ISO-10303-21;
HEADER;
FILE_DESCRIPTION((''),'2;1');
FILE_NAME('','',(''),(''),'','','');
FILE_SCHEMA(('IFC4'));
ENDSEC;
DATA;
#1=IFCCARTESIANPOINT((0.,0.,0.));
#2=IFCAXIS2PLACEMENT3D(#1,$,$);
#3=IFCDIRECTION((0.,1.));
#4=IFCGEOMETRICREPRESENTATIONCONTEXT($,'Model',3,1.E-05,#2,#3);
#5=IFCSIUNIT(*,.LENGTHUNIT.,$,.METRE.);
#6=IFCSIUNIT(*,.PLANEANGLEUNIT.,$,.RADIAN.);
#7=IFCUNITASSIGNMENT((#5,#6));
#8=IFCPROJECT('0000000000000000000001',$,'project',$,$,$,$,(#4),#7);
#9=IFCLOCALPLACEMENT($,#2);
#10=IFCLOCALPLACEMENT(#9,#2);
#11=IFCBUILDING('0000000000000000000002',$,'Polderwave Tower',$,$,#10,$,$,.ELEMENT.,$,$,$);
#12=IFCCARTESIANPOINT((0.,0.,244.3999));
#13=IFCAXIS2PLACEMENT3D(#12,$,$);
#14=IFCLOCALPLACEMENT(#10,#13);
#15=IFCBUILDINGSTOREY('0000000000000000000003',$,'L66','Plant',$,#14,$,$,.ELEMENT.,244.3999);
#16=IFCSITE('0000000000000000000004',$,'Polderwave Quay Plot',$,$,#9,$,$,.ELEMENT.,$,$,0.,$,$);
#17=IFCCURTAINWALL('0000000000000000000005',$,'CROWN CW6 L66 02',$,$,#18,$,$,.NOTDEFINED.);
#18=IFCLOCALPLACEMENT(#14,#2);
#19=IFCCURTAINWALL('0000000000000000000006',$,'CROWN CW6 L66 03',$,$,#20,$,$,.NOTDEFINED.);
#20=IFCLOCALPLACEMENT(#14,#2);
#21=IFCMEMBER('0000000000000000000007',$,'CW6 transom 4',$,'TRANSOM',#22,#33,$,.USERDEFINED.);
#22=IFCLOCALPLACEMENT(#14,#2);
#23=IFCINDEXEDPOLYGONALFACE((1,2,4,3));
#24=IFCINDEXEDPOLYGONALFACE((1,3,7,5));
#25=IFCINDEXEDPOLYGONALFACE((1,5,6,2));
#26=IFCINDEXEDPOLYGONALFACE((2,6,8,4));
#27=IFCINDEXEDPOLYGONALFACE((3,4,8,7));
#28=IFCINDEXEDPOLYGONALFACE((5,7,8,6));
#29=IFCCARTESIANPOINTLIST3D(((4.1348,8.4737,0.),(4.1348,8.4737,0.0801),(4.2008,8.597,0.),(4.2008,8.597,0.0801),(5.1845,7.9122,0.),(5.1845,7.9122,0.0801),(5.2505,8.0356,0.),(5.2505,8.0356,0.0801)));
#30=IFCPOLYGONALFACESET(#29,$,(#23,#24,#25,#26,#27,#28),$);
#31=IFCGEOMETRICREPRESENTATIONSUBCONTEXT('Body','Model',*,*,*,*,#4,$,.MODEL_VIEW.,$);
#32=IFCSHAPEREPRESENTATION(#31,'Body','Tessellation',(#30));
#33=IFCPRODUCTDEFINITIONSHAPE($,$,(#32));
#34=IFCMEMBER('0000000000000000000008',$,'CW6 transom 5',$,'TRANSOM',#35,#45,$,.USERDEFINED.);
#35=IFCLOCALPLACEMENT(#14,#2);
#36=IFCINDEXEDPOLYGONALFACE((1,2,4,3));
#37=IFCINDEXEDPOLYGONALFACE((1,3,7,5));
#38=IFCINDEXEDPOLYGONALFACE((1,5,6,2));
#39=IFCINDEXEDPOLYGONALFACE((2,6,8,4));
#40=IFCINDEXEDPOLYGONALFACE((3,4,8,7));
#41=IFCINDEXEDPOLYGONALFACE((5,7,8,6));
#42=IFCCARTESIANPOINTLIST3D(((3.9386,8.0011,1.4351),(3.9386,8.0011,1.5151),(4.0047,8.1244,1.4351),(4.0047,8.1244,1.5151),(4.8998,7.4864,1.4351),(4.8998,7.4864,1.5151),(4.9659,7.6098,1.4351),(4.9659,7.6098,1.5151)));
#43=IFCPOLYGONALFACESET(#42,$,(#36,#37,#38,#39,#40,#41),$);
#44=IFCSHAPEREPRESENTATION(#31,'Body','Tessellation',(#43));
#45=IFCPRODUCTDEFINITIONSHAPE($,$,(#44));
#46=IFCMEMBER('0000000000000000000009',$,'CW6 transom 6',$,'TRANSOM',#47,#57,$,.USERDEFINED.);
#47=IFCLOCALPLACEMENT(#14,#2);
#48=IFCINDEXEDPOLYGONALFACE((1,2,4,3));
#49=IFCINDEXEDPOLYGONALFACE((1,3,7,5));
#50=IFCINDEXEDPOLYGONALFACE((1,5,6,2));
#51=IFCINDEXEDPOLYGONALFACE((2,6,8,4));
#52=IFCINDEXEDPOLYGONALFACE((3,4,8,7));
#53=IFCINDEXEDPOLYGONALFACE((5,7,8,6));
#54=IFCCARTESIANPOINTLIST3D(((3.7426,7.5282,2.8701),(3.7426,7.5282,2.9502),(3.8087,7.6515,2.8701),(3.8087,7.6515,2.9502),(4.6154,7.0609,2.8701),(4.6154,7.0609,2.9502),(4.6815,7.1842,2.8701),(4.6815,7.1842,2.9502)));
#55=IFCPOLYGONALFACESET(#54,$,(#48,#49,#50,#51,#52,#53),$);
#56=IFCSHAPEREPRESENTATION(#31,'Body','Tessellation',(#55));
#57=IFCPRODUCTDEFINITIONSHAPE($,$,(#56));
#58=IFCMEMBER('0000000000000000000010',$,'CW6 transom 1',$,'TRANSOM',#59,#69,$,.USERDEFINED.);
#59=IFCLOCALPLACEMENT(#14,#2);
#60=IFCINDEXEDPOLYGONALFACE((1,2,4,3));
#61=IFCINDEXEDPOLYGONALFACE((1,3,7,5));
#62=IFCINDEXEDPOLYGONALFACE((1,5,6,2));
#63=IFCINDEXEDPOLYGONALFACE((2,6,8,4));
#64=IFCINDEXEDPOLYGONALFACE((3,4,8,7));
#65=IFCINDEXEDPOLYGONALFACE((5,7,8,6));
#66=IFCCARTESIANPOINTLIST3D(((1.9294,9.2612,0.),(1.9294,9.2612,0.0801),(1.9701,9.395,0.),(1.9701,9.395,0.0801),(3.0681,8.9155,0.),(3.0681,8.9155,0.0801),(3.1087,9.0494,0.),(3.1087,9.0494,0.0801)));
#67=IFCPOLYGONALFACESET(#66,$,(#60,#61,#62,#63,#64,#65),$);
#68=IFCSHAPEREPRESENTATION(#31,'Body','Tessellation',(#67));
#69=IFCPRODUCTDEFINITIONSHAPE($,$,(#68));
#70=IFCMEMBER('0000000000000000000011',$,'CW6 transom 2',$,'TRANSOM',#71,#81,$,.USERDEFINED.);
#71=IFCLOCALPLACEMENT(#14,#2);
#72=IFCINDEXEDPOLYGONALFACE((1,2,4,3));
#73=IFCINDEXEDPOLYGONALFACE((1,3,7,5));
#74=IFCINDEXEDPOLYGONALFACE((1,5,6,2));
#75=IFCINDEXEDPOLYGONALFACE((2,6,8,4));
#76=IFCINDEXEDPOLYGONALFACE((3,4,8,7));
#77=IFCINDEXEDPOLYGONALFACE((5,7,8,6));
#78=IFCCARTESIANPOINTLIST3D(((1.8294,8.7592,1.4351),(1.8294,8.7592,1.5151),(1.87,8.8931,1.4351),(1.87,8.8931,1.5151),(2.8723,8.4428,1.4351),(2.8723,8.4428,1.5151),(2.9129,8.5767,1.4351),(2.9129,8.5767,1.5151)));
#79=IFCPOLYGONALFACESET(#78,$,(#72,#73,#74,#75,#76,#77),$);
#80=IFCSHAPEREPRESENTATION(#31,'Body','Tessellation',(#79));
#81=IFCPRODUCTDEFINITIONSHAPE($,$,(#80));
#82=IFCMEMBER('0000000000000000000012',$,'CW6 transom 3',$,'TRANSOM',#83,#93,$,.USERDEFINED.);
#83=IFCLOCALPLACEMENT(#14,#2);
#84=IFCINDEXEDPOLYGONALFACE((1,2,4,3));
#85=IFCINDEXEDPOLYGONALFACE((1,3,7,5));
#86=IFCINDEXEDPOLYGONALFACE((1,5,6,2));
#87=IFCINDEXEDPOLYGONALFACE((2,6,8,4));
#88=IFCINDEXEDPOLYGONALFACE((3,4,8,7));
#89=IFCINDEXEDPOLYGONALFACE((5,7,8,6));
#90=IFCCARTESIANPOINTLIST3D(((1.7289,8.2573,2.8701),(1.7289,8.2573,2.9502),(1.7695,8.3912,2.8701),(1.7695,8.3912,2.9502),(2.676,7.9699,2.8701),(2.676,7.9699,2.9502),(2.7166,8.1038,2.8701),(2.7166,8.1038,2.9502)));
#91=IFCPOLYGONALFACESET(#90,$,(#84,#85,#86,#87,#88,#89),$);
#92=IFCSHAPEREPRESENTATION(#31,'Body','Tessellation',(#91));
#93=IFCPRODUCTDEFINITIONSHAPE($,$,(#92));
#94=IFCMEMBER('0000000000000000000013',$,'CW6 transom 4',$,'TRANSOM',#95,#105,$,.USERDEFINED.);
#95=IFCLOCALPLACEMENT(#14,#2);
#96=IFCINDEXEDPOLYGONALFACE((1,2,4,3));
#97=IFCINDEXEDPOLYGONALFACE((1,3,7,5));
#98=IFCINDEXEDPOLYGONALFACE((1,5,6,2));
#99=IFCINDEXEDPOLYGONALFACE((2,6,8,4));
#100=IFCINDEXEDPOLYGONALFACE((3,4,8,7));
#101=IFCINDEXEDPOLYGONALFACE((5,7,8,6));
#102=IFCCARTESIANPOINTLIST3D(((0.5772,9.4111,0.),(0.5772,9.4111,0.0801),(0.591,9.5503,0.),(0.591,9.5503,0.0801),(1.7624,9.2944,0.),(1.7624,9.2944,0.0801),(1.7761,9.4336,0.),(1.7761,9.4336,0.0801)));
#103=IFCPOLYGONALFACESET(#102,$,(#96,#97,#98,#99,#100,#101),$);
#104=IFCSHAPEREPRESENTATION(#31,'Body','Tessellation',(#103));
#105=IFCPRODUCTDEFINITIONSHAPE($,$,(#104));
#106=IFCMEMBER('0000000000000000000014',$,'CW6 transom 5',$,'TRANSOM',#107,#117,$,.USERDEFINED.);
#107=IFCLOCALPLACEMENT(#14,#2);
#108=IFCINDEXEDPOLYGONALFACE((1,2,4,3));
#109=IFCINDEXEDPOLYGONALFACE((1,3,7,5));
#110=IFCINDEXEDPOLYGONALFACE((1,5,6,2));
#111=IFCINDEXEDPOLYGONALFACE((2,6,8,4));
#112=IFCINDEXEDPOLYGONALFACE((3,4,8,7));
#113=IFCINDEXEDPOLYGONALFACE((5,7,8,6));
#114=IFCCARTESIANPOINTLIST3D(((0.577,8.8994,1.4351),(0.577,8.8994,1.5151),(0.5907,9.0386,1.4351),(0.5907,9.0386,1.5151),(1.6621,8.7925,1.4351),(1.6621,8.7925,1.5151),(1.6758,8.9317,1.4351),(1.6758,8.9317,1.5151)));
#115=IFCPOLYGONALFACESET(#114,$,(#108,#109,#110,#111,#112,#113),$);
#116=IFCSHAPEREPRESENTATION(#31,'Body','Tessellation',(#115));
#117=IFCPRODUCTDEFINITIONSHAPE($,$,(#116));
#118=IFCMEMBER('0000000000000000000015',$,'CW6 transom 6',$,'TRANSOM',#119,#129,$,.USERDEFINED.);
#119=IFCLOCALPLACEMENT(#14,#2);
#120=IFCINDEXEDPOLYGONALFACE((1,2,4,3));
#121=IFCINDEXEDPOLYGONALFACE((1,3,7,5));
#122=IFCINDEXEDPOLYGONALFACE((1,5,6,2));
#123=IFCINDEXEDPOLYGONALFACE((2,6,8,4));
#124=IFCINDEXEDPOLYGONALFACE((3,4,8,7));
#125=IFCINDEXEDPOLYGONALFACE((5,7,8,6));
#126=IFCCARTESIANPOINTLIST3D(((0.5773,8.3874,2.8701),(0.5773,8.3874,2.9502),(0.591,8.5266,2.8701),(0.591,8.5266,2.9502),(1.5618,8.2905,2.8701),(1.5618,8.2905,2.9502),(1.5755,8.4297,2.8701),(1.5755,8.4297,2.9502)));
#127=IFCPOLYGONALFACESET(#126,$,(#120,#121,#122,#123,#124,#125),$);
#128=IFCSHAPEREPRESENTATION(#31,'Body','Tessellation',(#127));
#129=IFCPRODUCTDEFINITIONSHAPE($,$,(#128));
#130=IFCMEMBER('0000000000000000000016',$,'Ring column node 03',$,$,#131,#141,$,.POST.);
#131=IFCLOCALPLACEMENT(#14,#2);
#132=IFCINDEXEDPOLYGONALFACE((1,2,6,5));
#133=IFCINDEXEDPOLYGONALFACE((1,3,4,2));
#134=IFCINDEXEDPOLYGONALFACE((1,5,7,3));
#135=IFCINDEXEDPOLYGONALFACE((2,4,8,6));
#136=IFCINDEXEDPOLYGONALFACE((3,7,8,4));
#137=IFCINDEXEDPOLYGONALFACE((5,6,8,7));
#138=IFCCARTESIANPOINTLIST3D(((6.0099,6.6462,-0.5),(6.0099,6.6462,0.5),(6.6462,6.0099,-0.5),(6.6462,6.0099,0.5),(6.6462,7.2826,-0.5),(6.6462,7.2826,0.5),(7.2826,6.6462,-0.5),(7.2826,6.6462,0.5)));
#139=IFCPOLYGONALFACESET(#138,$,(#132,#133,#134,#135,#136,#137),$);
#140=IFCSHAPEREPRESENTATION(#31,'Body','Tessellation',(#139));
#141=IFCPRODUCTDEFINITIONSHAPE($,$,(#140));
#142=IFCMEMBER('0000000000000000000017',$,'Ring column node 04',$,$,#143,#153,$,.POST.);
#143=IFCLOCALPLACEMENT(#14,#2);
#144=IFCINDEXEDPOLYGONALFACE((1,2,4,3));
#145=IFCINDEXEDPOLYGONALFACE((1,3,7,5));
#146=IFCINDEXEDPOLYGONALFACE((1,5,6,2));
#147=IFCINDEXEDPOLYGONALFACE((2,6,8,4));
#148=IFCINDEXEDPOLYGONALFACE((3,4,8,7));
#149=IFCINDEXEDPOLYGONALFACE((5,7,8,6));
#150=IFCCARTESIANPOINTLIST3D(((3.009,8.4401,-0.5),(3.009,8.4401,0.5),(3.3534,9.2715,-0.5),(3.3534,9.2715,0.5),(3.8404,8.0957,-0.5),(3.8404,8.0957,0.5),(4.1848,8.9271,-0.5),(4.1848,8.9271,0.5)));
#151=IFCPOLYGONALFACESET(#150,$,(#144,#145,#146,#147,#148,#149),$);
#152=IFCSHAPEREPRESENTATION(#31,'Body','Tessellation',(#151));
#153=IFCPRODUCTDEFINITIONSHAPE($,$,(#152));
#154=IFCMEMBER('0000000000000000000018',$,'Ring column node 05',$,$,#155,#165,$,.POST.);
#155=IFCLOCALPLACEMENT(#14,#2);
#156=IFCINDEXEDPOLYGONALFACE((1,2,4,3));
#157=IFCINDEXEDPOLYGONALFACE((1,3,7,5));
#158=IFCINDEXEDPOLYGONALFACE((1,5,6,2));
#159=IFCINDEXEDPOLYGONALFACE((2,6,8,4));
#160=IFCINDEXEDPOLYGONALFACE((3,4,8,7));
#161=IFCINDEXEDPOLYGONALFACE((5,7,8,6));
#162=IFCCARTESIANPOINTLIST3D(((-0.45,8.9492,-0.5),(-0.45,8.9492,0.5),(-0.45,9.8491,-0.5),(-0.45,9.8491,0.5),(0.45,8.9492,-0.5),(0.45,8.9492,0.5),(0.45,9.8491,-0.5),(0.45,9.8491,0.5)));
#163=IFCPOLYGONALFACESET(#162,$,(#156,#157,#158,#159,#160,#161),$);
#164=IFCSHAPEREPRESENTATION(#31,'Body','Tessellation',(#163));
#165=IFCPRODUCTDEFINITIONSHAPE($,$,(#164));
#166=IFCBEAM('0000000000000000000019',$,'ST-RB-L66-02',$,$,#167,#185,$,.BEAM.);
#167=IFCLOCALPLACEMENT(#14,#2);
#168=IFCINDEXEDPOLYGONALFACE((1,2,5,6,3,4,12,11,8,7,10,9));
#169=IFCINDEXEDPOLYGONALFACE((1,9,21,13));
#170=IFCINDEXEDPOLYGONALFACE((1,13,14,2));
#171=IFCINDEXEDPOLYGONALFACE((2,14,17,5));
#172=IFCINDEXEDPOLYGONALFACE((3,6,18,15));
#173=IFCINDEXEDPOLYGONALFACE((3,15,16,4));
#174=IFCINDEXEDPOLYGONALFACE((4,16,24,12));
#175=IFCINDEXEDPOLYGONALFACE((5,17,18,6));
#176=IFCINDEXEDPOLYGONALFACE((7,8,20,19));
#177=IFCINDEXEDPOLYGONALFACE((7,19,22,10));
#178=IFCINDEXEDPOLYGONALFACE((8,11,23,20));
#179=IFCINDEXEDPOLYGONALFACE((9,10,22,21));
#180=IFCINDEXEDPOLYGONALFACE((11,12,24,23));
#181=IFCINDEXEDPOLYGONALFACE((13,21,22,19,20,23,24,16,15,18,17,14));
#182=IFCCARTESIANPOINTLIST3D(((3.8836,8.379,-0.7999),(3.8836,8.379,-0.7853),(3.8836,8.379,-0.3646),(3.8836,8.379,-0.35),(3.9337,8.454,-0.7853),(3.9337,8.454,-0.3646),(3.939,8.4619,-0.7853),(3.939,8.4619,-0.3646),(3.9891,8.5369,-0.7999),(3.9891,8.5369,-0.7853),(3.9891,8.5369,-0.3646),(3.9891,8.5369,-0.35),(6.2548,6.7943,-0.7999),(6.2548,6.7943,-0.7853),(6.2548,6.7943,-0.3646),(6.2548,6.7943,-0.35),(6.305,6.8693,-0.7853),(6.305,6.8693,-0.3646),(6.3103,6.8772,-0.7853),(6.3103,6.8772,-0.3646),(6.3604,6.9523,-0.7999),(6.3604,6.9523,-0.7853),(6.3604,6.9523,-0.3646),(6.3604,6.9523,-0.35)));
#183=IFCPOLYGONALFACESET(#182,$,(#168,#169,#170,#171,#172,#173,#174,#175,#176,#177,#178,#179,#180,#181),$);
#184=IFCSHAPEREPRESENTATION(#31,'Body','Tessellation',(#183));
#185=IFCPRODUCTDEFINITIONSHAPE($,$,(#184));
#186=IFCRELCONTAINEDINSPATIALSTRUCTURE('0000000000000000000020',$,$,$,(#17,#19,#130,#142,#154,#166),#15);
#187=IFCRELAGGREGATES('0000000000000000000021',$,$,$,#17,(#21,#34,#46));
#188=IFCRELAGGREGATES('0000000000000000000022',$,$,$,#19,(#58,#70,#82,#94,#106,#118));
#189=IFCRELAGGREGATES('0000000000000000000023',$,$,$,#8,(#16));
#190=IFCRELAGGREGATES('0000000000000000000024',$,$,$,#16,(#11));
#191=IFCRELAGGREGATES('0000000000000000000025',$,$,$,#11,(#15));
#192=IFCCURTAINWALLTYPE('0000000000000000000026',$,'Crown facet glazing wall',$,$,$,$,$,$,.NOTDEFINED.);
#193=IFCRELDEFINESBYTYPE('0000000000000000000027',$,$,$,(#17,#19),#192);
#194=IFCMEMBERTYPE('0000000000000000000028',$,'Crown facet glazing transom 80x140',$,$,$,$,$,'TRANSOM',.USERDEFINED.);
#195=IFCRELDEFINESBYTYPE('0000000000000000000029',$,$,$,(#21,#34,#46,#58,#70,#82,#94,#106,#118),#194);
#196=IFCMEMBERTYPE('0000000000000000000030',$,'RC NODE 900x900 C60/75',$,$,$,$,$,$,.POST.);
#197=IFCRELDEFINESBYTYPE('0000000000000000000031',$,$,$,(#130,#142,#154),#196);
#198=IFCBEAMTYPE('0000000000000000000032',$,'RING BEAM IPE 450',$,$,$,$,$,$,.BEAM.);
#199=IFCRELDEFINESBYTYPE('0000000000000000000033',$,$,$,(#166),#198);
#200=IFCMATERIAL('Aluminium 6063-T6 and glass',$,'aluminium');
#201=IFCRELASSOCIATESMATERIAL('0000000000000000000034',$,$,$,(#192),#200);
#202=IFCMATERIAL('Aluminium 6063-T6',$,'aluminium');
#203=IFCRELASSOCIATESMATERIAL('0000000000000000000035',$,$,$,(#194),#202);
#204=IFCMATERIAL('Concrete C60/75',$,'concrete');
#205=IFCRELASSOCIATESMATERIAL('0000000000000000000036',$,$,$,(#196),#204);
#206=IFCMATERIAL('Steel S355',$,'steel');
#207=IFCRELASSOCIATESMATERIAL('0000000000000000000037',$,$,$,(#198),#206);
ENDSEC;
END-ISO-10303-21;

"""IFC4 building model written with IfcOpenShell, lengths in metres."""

from ifc_helpers import new_model, si_unit, direction, frame, origin, origin_2d, place, context, subcontext, project, spatial, rectangle, i_section, extrude, material, material_profile, profile_set, type_object, element, aggregate, save


model = new_model("IFC4")

# Units and contexts
model_context = context("Model", 3, precision=1e-05, world=origin(), true_north=direction((0.0, 1.0)))
body_context = subcontext(model_context, "Body", "Model", "MODEL_VIEW")
ifc_project = project(units=[si_unit("LENGTHUNIT", "METRE"), si_unit("PLANEANGLEUNIT", "RADIAN")], contexts=[model_context])

# Site, building, storey
site_placement = place(None, origin())
site = spatial("IfcSite", under=ifc_project, at=site_placement, Name="Polderwave Quay Plot", CompositionType="ELEMENT", RefElevation=0.0)
building_placement = place(site_placement, origin())
building = spatial("IfcBuilding", under=site, at=building_placement, Name="Polderwave Tower", CompositionType="ELEMENT")
storey_placement = place(building_placement, frame((0.0, 0.0, 244.3999)))
storey = spatial("IfcBuildingStorey", under=building, at=storey_placement, Name="L66", Description="Plant", CompositionType="ELEMENT", Elevation=244.3999)

# Shared definitions
ifc_material_1 = material(Name="Concrete C60/75", Category="concrete")

# Shared definitions
ifc_material_2 = material(Name="Aluminium 6063-T6 and glass", Category="aluminium")
curtain_wall_type = type_object("IfcCurtainWallType", Name="Crown facet glazing wall", PredefinedType="NOTDEFINED", material=ifc_material_2)
ifc_material_3 = material(Name="Aluminium 6063-T6", Category="aluminium")

# Curtain walls
curtain_wall_1_placement = place(storey_placement, origin())
curtain_wall_1 = element("IfcCurtainWall", 1, at=curtain_wall_1_placement, inside=storey, type_object=curtain_wall_type, Name="CROWN CW6 L66 02", PredefinedType="NOTDEFINED")
curtain_wall_2_placement = place(storey_placement, origin())
curtain_wall_2 = element("IfcCurtainWall", 2, at=curtain_wall_2_placement, inside=storey, type_object=curtain_wall_type, Name="CROWN CW6 L66 03", PredefinedType="NOTDEFINED")

# Members
ifc_material_profile_1 = material_profile(ifc_material_3, rectangle(XDim=0.1399, YDim=0.0801, at=origin_2d()), Name="AL 80x140")
ifc_profile_set_1 = profile_set([ifc_material_profile_1], Name="Aluminium 6063-T6")
member_type_1 = type_object("IfcMemberType", Name="Crown facet glazing transom 80x140", ElementType="TRANSOM", PredefinedType="USERDEFINED", material=ifc_profile_set_1)
member_1_placement = place(storey_placement, frame((5.2175, 7.9739, 0.04), z_axis=(-0.881785, 0.471652, 0.0), x_axis=(-0.471652, -0.881785, 0.0)))
member_1 = element("IfcMember", 3, at=member_1_placement, type_object=member_type_1, Name="CW6 transom 4", ObjectType="TRANSOM", PredefinedType="USERDEFINED", context=body_context, shape_type="SweptSolid", body=[
    extrude(rectangle(XDim=0.1399, YDim=0.0801, at=origin_2d()), origin(), (0.0, 0.0, 1.0), 1.1904),
])
member_2_placement = place(storey_placement, frame((4.9329, 7.5481, 1.4751), z_axis=(-0.881583, 0.472029, 0.0), x_axis=(-0.472029, -0.881583, 0.0)))
member_2 = element("IfcMember", 4, at=member_2_placement, type_object=member_type_1, Name="CW6 transom 5", ObjectType="TRANSOM", PredefinedType="USERDEFINED", context=body_context, shape_type="SweptSolid", body=[
    extrude(rectangle(XDim=0.1399, YDim=0.0801, at=origin_2d()), origin(), (0.0, 0.0, 1.0), 1.0903),
])
member_3_placement = place(storey_placement, frame((4.6484, 7.1226, 2.9102), z_axis=(-0.881601, 0.471996, 0.0), x_axis=(-0.471996, -0.881601, 0.0)))
member_3 = element("IfcMember", 5, at=member_3_placement, type_object=member_type_1, Name="CW6 transom 6", ObjectType="TRANSOM", PredefinedType="USERDEFINED", context=body_context, shape_type="SweptSolid", body=[
    extrude(rectangle(XDim=0.1399, YDim=0.0801, at=origin_2d()), origin(), (0.0, 0.0, 1.0), 0.99),
])
member_4_placement = place(storey_placement, frame((3.0884, 8.9824, 0.04), z_axis=(-0.956872, 0.290508, 0.0), x_axis=(-0.290508, -0.956872, 0.0)))
member_4 = element("IfcMember", 6, at=member_4_placement, type_object=member_type_1, Name="CW6 transom 1", ObjectType="TRANSOM", PredefinedType="USERDEFINED", context=body_context, shape_type="SweptSolid", body=[
    extrude(rectangle(XDim=0.1399, YDim=0.0801, at=origin_2d()), origin(), (0.0, 0.0, 1.0), 1.1899),
])
member_5_placement = place(storey_placement, frame((2.8926, 8.5098, 1.4751), z_axis=(-0.956934, 0.290306, 0.0), x_axis=(-0.290306, -0.956934, 0.0)))
member_5 = element("IfcMember", 7, at=member_5_placement, type_object=member_type_1, Name="CW6 transom 2", ObjectType="TRANSOM", PredefinedType="USERDEFINED", context=body_context, shape_type="SweptSolid", body=[
    extrude(rectangle(XDim=0.1399, YDim=0.0801, at=origin_2d()), origin(), (0.0, 0.0, 1.0), 1.0898),
])
member_6_placement = place(storey_placement, frame((2.6963, 8.0369, 2.9102), z_axis=(-0.956919, 0.290357, 0.0), x_axis=(-0.290357, -0.956919, 0.0)))
member_6 = element("IfcMember", 8, at=member_6_placement, type_object=member_type_1, Name="CW6 transom 3", ObjectType="TRANSOM", PredefinedType="USERDEFINED", context=body_context, shape_type="SweptSolid", body=[
    extrude(rectangle(XDim=0.1399, YDim=0.0801, at=origin_2d()), origin(), (0.0, 0.0, 1.0), 0.9897),
])
member_7_placement = place(storey_placement, frame((1.7693, 9.364, 0.04), z_axis=(-0.995188, 0.097981, 0.0), x_axis=(-0.097981, -0.995188, 0.0)))
member_7 = element("IfcMember", 9, at=member_7_placement, type_object=member_type_1, Name="CW6 transom 4", ObjectType="TRANSOM", PredefinedType="USERDEFINED", context=body_context, shape_type="SweptSolid", body=[
    extrude(rectangle(XDim=0.1399, YDim=0.0801, at=origin_2d()), origin(), (0.0, 0.0, 1.0), 1.1909),
])
member_8_placement = place(storey_placement, frame((1.6689, 8.8621, 1.4751), z_axis=(-0.995178, 0.098085, 0.0), x_axis=(-0.098085, -0.995178, 0.0)))
member_8 = element("IfcMember", 10, at=member_8_placement, type_object=member_type_1, Name="CW6 transom 5", ObjectType="TRANSOM", PredefinedType="USERDEFINED", context=body_context, shape_type="SweptSolid", body=[
    extrude(rectangle(XDim=0.1399, YDim=0.0801, at=origin_2d()), origin(), (0.0, 0.0, 1.0), 1.0903),
])
member_9_placement = place(storey_placement, frame((1.5686, 8.3601, 2.9102), z_axis=(-0.99519, 0.097964, 0.0), x_axis=(-0.097964, -0.99519, 0.0)))
member_9 = element("IfcMember", 11, at=member_9_placement, type_object=member_type_1, Name="CW6 transom 6", ObjectType="TRANSOM", PredefinedType="USERDEFINED", context=body_context, shape_type="SweptSolid", body=[
    extrude(rectangle(XDim=0.1399, YDim=0.0801, at=origin_2d()), origin(), (0.0, 0.0, 1.0), 0.9893),
])

# Members
ifc_material_profile_2 = material_profile(ifc_material_1, rectangle(XDim=0.8999, YDim=0.8999, at=origin_2d()), Name="RC 900x900")
ifc_profile_set_2 = profile_set([ifc_material_profile_2], Name="Concrete C60/75")
member_type_2 = type_object("IfcMemberType", Name="RC NODE 900x900 C60/75", PredefinedType="POST", material=ifc_profile_set_2)
for number, where, z_axis, x_axis, name in (
    (12, (6.6462, 6.6462, -0.5), (0.0, 0.0, 1.0), (0.707107, 0.707107, 0.0), "Ring column node 03"),
    (13, (3.5969, 8.6836, -0.5), (0.0, 0.0, 1.0), (0.382683, 0.92388, 0.0), "Ring column node 04"),
    (14, (0.0, 9.3992, -0.5), (0.0, 0.0, 1.0), (0.0, 1.0, 0.0), "Ring column node 05"),
):
    element("IfcMember", number, at=place(storey_placement, frame(where, z_axis=z_axis, x_axis=x_axis)), inside=storey, type_object=member_type_2, Name=name, PredefinedType="POST", context=body_context, shape_type="SweptSolid", body=[
        extrude(rectangle(XDim=0.8999, YDim=0.8999, at=origin_2d()), origin(), (0.0, 0.0, 1.0), 1.0),
    ])

# Beam
ifc_material_4 = material(Name="Steel S355", Category="steel")
ifc_material_profile_3 = material_profile(ifc_material_4, i_section(OverallWidth=0.1899, OverallDepth=0.45, WebThickness=0.0095, FlangeThickness=0.0146, at=origin_2d()), Name="IPE 450")
ifc_profile_set_3 = profile_set([ifc_material_profile_3], Name="Steel S355")
beam_type = type_object("IfcBeamType", Name="RING BEAM IPE 450", PredefinedType="BEAM", material=ifc_profile_set_3)
beam_1_placement = place(storey_placement, frame((6.3076, 6.8733, -0.575), z_axis=(-0.831431, 0.555628, 0.0), x_axis=(-0.555628, -0.831431, 0.0)))
element("IfcBeam", 15, at=beam_1_placement, inside=storey, type_object=beam_type, Name="ST-RB-L66-02", PredefinedType="BEAM", context=body_context, shape_type="SweptSolid", body=[
    extrude(i_section(OverallWidth=0.1899, OverallDepth=0.45, WebThickness=0.0095, FlangeThickness=0.0146, at=origin_2d()), origin(), (0.0, 0.0, 1.0), 2.8521),
])

aggregate(curtain_wall_1, [member_1, member_2, member_3])
aggregate(curtain_wall_2, [member_4, member_5, member_6, member_7, member_8, member_9])

save(model, "model.ifc")
